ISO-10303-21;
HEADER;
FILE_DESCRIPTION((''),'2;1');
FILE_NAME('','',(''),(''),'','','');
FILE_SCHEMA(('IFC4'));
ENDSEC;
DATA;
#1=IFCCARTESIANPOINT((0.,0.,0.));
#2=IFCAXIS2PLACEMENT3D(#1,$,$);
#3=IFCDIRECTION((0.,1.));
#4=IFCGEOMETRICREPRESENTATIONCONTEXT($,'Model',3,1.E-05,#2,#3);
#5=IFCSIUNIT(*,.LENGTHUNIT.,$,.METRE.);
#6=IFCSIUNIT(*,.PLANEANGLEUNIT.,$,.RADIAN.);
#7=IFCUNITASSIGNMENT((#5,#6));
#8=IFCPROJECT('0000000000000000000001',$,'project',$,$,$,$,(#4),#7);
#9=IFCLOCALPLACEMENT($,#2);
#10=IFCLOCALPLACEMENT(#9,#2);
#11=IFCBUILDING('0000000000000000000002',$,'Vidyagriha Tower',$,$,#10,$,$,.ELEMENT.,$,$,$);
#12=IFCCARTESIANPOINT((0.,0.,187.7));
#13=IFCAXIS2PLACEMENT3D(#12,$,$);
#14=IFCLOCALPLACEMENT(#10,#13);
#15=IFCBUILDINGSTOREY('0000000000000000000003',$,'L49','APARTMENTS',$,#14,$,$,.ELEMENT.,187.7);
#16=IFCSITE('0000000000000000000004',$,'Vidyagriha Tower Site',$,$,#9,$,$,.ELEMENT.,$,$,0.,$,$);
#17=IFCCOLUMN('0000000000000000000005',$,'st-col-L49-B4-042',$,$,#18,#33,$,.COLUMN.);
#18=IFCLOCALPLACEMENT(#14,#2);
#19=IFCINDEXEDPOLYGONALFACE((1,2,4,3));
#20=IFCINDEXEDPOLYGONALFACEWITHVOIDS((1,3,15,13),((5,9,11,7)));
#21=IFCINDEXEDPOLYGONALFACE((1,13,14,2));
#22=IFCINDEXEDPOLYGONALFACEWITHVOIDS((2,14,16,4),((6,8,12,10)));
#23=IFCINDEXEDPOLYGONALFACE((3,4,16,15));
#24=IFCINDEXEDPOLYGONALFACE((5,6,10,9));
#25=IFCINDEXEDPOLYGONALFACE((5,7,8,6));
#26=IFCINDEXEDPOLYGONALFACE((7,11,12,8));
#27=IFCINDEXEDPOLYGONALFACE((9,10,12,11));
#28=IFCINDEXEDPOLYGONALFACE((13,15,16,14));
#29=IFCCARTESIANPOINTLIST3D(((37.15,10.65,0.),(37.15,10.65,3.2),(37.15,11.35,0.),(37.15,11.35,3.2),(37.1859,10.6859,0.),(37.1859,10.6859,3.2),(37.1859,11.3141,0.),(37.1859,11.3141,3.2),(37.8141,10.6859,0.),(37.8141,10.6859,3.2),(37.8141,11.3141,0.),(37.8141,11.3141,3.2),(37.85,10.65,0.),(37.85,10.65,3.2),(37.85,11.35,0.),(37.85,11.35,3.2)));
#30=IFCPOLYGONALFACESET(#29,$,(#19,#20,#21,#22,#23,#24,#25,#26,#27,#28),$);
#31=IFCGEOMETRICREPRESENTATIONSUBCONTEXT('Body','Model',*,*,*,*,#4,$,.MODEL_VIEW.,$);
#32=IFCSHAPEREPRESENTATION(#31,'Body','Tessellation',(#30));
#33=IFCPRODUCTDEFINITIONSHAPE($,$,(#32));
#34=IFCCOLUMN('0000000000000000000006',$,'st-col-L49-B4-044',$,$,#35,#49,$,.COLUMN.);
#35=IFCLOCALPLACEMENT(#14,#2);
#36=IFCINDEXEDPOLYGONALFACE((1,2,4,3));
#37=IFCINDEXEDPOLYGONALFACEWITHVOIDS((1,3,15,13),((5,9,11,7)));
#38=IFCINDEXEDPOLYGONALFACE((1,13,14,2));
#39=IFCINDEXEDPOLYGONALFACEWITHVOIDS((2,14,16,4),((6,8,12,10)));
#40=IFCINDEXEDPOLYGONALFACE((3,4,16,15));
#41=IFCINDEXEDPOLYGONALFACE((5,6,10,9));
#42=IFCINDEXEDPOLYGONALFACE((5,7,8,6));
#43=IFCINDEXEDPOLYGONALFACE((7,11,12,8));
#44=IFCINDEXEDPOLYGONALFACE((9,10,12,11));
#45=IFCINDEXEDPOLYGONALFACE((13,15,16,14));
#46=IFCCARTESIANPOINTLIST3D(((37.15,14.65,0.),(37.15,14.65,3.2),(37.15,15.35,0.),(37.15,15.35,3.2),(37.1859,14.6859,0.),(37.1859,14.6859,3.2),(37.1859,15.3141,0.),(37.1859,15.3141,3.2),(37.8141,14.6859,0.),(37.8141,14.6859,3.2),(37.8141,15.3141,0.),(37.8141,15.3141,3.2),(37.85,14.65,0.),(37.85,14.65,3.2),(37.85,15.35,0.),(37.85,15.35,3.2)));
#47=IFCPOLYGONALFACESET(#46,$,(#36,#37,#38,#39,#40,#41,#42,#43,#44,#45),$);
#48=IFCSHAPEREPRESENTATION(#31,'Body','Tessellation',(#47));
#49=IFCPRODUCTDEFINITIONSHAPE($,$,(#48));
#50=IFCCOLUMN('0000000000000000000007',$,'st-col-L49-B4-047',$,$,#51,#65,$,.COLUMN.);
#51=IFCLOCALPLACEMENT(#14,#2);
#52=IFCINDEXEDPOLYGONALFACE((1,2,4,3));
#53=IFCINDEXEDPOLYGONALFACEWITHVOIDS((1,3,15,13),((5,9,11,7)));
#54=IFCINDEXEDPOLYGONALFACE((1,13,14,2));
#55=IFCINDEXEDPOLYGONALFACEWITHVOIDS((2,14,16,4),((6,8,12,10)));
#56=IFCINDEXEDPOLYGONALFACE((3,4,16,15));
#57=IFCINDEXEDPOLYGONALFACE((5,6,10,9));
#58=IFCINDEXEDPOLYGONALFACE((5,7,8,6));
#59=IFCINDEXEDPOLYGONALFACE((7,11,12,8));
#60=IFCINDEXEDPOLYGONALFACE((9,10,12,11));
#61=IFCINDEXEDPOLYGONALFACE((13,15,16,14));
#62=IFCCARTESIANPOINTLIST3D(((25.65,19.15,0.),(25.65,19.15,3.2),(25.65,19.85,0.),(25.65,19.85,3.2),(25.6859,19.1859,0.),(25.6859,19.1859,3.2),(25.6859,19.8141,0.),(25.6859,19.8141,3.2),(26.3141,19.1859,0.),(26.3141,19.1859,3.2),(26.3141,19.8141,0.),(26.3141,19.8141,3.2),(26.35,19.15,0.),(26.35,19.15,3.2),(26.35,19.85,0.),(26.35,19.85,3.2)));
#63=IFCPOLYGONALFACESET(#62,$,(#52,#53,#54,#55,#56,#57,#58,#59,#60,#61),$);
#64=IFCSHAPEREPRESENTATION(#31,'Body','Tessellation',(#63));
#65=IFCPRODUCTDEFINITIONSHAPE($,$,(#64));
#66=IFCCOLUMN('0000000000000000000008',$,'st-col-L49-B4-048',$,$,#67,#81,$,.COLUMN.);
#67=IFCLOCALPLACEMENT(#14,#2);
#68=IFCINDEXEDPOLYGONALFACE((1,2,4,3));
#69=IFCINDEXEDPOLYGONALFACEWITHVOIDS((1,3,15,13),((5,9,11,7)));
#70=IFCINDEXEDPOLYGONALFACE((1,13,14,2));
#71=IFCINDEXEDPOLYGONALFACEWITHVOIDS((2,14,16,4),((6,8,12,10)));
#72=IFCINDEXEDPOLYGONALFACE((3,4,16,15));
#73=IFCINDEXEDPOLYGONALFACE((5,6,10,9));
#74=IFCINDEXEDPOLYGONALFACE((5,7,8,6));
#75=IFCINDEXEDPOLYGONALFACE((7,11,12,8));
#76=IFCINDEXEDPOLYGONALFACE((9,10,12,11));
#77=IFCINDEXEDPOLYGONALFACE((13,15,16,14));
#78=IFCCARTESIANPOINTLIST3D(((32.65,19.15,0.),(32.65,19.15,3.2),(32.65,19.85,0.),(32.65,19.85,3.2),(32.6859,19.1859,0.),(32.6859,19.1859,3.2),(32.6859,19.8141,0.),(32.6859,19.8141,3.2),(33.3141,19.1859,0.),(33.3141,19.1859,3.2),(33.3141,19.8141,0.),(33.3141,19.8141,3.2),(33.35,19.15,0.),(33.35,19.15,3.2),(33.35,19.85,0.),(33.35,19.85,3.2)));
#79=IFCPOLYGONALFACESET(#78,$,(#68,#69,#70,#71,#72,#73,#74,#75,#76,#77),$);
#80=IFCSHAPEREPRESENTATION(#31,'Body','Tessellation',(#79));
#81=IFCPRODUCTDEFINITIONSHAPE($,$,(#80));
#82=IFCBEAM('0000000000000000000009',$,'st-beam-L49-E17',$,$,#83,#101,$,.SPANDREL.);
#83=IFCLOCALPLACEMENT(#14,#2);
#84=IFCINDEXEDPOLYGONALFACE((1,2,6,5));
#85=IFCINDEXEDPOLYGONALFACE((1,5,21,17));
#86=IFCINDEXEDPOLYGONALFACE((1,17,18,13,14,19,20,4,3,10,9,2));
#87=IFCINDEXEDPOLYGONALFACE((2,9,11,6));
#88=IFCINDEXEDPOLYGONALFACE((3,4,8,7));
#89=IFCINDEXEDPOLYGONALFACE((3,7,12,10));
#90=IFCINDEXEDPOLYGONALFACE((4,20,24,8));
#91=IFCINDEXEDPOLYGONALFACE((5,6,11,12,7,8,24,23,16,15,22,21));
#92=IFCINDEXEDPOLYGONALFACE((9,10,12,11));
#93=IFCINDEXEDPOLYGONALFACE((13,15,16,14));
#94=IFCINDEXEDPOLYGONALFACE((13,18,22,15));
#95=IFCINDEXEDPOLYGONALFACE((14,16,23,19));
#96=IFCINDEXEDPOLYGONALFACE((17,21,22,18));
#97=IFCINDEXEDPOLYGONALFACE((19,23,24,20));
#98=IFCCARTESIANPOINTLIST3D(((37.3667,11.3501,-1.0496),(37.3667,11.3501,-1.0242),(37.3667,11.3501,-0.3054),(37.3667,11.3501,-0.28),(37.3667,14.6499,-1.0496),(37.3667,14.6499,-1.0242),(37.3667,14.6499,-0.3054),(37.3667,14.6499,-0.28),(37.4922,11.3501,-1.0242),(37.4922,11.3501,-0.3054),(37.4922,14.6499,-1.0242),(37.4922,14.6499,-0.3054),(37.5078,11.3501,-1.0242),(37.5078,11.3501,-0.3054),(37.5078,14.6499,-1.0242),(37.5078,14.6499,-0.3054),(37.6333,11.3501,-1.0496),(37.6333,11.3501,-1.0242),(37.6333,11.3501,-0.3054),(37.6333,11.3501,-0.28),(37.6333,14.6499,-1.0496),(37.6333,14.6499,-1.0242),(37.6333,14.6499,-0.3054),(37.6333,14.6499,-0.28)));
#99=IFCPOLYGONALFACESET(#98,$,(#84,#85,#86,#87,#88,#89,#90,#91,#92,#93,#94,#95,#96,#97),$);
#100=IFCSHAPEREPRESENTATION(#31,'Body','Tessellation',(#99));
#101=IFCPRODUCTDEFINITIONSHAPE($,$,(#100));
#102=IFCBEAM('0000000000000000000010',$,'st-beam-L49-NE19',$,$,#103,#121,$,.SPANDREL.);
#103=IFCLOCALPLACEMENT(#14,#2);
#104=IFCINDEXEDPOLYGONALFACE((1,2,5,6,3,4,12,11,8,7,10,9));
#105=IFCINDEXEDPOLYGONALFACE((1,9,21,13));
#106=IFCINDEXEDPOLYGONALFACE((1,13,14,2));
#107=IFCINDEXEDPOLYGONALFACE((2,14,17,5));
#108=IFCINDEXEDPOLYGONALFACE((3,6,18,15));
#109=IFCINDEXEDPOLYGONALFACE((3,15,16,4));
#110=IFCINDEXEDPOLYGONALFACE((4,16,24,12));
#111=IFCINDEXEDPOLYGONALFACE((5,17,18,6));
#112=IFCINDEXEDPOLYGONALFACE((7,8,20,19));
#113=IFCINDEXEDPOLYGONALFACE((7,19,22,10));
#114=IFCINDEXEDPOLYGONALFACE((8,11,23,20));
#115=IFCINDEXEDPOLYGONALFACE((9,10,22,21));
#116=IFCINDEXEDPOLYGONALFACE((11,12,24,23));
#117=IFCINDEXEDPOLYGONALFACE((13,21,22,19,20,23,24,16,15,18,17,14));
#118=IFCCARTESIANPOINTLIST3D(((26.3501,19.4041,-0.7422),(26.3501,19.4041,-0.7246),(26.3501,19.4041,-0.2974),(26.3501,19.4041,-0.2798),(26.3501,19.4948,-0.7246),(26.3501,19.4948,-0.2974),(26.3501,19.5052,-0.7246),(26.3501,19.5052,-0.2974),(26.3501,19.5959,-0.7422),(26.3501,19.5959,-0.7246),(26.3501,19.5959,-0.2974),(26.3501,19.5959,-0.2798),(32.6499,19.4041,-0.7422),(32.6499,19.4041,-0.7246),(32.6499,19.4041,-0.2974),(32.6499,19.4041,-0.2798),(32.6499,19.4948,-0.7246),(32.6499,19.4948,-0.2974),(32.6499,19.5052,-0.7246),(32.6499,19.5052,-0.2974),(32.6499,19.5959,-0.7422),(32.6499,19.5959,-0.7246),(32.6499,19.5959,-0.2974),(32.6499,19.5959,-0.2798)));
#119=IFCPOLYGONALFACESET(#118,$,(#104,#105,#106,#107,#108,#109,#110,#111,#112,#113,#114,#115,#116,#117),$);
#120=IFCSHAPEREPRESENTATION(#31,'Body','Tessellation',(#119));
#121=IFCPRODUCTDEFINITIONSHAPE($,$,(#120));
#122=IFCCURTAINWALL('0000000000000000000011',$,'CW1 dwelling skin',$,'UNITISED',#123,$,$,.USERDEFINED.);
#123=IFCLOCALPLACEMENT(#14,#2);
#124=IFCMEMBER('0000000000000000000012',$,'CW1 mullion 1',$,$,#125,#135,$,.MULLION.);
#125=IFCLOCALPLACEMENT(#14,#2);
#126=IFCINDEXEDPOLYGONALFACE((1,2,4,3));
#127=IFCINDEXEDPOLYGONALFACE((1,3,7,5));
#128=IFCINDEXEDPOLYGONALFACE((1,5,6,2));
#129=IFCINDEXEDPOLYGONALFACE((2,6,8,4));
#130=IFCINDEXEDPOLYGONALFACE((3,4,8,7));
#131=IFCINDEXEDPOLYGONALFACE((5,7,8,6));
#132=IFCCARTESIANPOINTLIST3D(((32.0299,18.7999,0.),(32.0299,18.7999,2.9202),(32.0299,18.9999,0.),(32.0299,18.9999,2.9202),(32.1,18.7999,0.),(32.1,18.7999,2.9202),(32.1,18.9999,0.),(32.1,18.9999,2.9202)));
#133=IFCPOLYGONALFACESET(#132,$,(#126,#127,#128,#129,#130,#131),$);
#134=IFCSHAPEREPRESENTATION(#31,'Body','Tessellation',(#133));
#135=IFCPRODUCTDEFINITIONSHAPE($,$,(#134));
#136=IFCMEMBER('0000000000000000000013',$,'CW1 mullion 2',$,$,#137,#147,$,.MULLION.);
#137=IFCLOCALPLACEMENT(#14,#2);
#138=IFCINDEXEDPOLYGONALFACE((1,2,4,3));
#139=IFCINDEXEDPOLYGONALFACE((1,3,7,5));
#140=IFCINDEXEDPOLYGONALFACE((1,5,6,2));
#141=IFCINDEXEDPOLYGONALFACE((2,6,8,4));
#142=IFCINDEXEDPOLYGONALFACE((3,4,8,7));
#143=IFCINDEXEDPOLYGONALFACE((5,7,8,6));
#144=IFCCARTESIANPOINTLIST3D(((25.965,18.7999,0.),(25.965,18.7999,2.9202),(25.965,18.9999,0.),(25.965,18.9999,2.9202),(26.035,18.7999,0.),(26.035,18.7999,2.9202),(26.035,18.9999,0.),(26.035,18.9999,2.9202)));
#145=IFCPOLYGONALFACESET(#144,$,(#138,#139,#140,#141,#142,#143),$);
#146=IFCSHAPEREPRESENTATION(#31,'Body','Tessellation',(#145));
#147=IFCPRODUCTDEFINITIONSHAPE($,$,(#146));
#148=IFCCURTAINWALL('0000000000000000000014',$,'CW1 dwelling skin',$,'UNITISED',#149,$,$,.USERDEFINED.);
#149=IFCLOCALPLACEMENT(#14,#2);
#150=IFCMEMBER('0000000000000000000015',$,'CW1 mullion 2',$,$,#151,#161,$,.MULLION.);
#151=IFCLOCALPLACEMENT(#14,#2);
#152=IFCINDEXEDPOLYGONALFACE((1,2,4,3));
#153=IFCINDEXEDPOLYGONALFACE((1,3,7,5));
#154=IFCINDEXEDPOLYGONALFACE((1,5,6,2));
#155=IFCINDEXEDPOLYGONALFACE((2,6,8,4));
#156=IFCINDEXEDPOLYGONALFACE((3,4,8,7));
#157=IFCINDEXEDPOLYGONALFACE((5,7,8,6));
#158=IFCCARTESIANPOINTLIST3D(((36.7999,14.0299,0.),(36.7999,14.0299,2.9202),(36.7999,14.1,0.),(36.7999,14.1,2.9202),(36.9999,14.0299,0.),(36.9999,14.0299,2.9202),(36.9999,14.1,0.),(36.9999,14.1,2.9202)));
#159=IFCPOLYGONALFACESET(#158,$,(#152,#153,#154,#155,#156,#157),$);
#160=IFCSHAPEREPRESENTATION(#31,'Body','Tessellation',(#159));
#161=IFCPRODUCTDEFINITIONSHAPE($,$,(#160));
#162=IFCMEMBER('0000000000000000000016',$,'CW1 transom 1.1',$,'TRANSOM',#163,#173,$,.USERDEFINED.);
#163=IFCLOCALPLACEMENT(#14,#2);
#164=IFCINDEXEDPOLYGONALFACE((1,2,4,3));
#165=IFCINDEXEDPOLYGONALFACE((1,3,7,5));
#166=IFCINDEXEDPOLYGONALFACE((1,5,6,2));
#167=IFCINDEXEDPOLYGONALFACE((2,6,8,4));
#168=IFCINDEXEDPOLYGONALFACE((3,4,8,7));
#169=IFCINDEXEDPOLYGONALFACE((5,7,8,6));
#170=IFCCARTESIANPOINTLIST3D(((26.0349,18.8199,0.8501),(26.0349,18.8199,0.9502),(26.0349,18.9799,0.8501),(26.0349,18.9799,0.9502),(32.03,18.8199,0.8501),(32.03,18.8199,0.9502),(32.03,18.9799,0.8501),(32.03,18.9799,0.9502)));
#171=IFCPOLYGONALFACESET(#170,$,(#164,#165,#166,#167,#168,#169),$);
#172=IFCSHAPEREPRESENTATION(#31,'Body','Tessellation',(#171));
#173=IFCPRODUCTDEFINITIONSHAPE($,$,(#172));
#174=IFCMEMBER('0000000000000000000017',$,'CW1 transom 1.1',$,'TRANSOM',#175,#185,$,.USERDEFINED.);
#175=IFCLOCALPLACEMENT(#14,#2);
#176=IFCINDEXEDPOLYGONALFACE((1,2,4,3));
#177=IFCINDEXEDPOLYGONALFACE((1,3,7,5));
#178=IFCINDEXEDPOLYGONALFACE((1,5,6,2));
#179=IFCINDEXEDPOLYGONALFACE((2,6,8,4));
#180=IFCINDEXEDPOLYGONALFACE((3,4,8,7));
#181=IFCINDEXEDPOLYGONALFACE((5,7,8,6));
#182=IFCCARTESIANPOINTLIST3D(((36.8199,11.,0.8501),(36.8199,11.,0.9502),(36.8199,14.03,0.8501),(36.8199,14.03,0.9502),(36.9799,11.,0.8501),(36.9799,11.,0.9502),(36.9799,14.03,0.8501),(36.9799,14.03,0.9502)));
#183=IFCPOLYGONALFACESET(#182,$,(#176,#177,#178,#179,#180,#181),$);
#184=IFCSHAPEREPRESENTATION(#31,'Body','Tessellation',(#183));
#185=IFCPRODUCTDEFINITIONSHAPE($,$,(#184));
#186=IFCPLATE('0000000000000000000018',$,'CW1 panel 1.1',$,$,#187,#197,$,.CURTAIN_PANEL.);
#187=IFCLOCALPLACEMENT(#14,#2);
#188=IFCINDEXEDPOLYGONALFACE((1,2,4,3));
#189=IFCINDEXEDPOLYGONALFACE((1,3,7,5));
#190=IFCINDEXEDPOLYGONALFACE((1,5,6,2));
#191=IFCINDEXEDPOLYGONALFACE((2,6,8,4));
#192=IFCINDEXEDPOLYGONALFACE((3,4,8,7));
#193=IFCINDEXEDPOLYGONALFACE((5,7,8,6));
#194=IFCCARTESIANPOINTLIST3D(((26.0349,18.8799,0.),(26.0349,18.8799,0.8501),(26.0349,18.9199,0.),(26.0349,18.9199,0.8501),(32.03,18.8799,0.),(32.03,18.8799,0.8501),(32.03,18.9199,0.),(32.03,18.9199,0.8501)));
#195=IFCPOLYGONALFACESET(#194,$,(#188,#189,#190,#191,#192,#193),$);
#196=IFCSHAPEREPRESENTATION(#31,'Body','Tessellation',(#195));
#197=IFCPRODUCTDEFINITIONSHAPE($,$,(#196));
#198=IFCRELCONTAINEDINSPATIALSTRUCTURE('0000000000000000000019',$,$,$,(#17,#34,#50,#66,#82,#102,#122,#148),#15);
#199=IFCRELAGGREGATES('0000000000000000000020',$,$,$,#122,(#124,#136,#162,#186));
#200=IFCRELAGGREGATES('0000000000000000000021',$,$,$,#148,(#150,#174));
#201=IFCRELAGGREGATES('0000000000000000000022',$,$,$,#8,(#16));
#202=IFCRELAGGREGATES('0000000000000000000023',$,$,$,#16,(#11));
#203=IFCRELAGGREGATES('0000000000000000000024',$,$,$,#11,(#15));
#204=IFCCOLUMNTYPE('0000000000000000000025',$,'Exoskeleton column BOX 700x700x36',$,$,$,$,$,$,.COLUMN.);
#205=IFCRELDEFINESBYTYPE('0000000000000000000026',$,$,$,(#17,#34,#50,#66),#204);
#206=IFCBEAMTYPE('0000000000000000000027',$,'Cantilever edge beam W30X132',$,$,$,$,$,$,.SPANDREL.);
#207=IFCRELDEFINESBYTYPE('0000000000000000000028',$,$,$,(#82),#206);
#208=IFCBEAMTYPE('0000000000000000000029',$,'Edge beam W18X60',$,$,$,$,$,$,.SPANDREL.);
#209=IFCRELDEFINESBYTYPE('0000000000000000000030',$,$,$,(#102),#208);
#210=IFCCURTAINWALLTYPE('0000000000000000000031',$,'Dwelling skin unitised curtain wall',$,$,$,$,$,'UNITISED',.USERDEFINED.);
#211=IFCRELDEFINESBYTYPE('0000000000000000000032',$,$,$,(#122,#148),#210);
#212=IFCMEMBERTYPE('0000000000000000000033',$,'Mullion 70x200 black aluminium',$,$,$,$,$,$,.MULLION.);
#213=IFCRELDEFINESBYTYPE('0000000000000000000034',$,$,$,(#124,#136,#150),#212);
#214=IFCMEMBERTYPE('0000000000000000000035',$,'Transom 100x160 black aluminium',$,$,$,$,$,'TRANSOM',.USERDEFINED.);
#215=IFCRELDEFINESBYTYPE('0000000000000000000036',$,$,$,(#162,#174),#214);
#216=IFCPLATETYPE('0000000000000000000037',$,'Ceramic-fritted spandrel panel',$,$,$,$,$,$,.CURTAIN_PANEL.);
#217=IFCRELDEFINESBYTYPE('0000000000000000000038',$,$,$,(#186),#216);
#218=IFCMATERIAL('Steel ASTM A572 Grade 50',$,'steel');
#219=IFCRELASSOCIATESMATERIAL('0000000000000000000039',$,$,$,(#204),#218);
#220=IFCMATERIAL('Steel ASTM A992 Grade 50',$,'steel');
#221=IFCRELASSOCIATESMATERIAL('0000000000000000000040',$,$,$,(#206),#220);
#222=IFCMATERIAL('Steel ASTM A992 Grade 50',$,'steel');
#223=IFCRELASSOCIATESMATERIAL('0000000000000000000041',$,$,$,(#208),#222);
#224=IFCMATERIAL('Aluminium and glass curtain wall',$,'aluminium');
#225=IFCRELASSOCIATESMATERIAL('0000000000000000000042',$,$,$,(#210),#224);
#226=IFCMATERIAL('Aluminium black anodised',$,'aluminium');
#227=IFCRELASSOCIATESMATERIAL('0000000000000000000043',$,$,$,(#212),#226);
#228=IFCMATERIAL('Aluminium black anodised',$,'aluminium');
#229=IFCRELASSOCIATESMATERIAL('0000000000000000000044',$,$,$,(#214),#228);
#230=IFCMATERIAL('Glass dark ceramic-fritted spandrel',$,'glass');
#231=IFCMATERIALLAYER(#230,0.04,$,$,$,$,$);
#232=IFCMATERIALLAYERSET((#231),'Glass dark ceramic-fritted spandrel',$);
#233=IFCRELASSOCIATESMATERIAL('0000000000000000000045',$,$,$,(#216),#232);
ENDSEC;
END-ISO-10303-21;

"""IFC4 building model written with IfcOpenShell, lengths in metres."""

from ifc_helpers import new_model, si_unit, direction, frame, origin, origin_2d, place, context, subcontext, project, spatial, rectangle, hollow_rectangle, i_section, extrude, material, layer, layer_set, material_profile, profile_set, type_object, element, aggregate, save


model = new_model("IFC4")

# Units and contexts
model_context = context("Model", 3, precision=1e-05, world=origin(), true_north=direction((0.0, 1.0)))
body_context = subcontext(model_context, "Body", "Model", "MODEL_VIEW")
ifc_project = project(units=[si_unit("LENGTHUNIT", "METRE"), si_unit("PLANEANGLEUNIT", "RADIAN")], contexts=[model_context])

# Site, building, storey
site_placement = place(None, origin())
site = spatial("IfcSite", under=ifc_project, at=site_placement, Name="Vidyagriha Tower Site", CompositionType="ELEMENT", RefElevation=0.0)
building_placement = place(site_placement, origin())
building = spatial("IfcBuilding", under=site, at=building_placement, Name="Vidyagriha Tower", CompositionType="ELEMENT")
storey_placement = place(building_placement, frame((0.0, 0.0, 187.7)))
storey = spatial("IfcBuildingStorey", under=building, at=storey_placement, Name="L49", Description="APARTMENTS", CompositionType="ELEMENT", Elevation=187.7)

# Columns
ifc_material_1 = material(Name="Steel ASTM A572 Grade 50", Category="steel")
ifc_material_profile_1 = material_profile(ifc_material_1, hollow_rectangle(XDim=0.7, YDim=0.7, WallThickness=0.0359, at=origin_2d()), Name="BOX 700x700x36")
ifc_profile_set_1 = profile_set([ifc_material_profile_1], Name="Steel ASTM A572 Grade 50")
column_type = type_object("IfcColumnType", Name="Exoskeleton column BOX 700x700x36", PredefinedType="COLUMN", material=ifc_profile_set_1)
for number, where, name in (
    (1, (37.5, 11.0, 0.0), "st-col-L49-B4-042"),
    (2, (37.5, 15.0, 0.0), "st-col-L49-B4-044"),
    (3, (26.0, 19.5, 0.0), "st-col-L49-B4-047"),
    (4, (33.0, 19.5, 0.0), "st-col-L49-B4-048"),
):
    element("IfcColumn", number, at=place(storey_placement, frame(where)), inside=storey, type_object=column_type, Name=name, PredefinedType="COLUMN", context=body_context, shape_type="SweptSolid", body=[
        extrude(hollow_rectangle(XDim=0.7, YDim=0.7, WallThickness=0.0359, at=origin_2d()), origin(), (0.0, 0.0, 1.0), 3.2),
    ])

# Beams
ifc_material_2 = material(Name="Steel ASTM A992 Grade 50", Category="steel")
ifc_material_profile_2 = material_profile(ifc_material_2, i_section(OverallWidth=0.2666, OverallDepth=0.7695, WebThickness=0.0156, FlangeThickness=0.0254, at=origin_2d()), Name="W30X132")
ifc_profile_set_2 = profile_set([ifc_material_profile_2], Name="Steel ASTM A992 Grade 50")
beam_type_1 = type_object("IfcBeamType", Name="Cantilever edge beam W30X132", PredefinedType="SPANDREL", material=ifc_profile_set_2)
beam_1_placement = place(storey_placement, frame((37.5, 11.3501, -0.6648), z_axis=(0.0, 1.0, 0.0), x_axis=(-1.0, 0.0, 0.0)))
element("IfcBeam", 5, at=beam_1_placement, inside=storey, type_object=beam_type_1, Name="st-beam-L49-E17", PredefinedType="SPANDREL", context=body_context, shape_type="SweptSolid", body=[
    extrude(i_section(OverallWidth=0.2666, OverallDepth=0.7695, WebThickness=0.0156, FlangeThickness=0.0254, at=origin_2d()), origin(), (0.0, 0.0, 1.0), 3.2998),
])
ifc_material_3 = material(Name="Steel ASTM A992 Grade 50", Category="steel")
ifc_material_profile_3 = material_profile(ifc_material_3, i_section(OverallWidth=0.1919, OverallDepth=0.4624, WebThickness=0.0105, FlangeThickness=0.0176, at=origin_2d()), Name="W18X60")
ifc_profile_set_3 = profile_set([ifc_material_profile_3], Name="Steel ASTM A992 Grade 50")
beam_type_2 = type_object("IfcBeamType", Name="Edge beam W18X60", PredefinedType="SPANDREL", material=ifc_profile_set_3)
beam_2_placement = place(storey_placement, frame((26.3501, 19.5, -0.511), z_axis=(1.0, 0.0, 0.0), x_axis=(0.0, 1.0, 0.0)))
element("IfcBeam", 6, at=beam_2_placement, inside=storey, type_object=beam_type_2, Name="st-beam-L49-NE19", PredefinedType="SPANDREL", context=body_context, shape_type="SweptSolid", body=[
    extrude(i_section(OverallWidth=0.1919, OverallDepth=0.4624, WebThickness=0.0105, FlangeThickness=0.0176, at=origin_2d()), origin(), (0.0, 0.0, 1.0), 6.2998),
])

# Curtain wall, members
ifc_material_4 = material(Name="Aluminium and glass curtain wall", Category="aluminium")
curtain_wall_type = type_object("IfcCurtainWallType", Name="Dwelling skin unitised curtain wall", ElementType="UNITISED", PredefinedType="USERDEFINED", material=ifc_material_4)
curtain_wall_1_placement = place(storey_placement, origin())
curtain_wall_1 = element("IfcCurtainWall", 7, at=curtain_wall_1_placement, inside=storey, type_object=curtain_wall_type, Name="CW1 dwelling skin", ObjectType="UNITISED", PredefinedType="USERDEFINED")
ifc_material_5 = material(Name="Aluminium black anodised", Category="aluminium")
ifc_material_profile_4 = material_profile(ifc_material_5, rectangle(XDim=0.2, YDim=0.0701, at=origin_2d()), Name="Mullion 70x200 black aluminium")
ifc_profile_set_4 = profile_set([ifc_material_profile_4], Name="Aluminium black anodised")
member_type_1 = type_object("IfcMemberType", Name="Mullion 70x200 black aluminium", PredefinedType="MULLION", material=ifc_profile_set_4)
member_1_placement = place(storey_placement, frame((32.0649, 18.8999, 0.0), z_axis=(0.0, 0.0, 1.0), x_axis=(0.0, -1.0, 0.0)))
member_1 = element("IfcMember", 8, at=member_1_placement, type_object=member_type_1, Name="CW1 mullion 1", PredefinedType="MULLION", context=body_context, shape_type="SweptSolid", body=[
    extrude(rectangle(XDim=0.2, YDim=0.0701, at=origin_2d()), origin(), (0.0, 0.0, 1.0), 2.9202),
])
member_2_placement = place(storey_placement, frame((26.0, 18.8999, 0.0), z_axis=(0.0, 0.0, 1.0), x_axis=(0.0, -1.0, 0.0)))
member_2 = element("IfcMember", 9, at=member_2_placement, type_object=member_type_1, Name="CW1 mullion 2", PredefinedType="MULLION", context=body_context, shape_type="SweptSolid", body=[
    extrude(rectangle(XDim=0.2, YDim=0.0701, at=origin_2d()), origin(), (0.0, 0.0, 1.0), 2.9202),
])

# Curtain wall, member
curtain_wall_2_placement = place(storey_placement, origin())
curtain_wall_2 = element("IfcCurtainWall", 10, at=curtain_wall_2_placement, inside=storey, type_object=curtain_wall_type, Name="CW1 dwelling skin", ObjectType="UNITISED", PredefinedType="USERDEFINED")
member_3_placement = place(storey_placement, frame((36.8999, 14.0649, 0.0), z_axis=(0.0, 0.0, 1.0), x_axis=(-1.0, 0.0, 0.0)))
member_3 = element("IfcMember", 11, at=member_3_placement, type_object=member_type_1, Name="CW1 mullion 2", PredefinedType="MULLION", context=body_context, shape_type="SweptSolid", body=[
    extrude(rectangle(XDim=0.2, YDim=0.0701, at=origin_2d()), origin(), (0.0, 0.0, 1.0), 2.9202),
])

# Members
ifc_material_6 = material(Name="Aluminium black anodised", Category="aluminium")
ifc_material_profile_5 = material_profile(ifc_material_6, rectangle(XDim=0.1599, YDim=0.1001, at=origin_2d()), Name="Transom 100x160 black aluminium")
ifc_profile_set_5 = profile_set([ifc_material_profile_5], Name="Aluminium black anodised")
member_type_2 = type_object("IfcMemberType", Name="Transom 100x160 black aluminium", ElementType="TRANSOM", PredefinedType="USERDEFINED", material=ifc_profile_set_5)
member_4_placement = place(storey_placement, frame((32.03, 18.8999, 0.9001), z_axis=(-1.0, 0.0, 0.0), x_axis=(0.0, -1.0, 0.0)))
member_4 = element("IfcMember", 12, at=member_4_placement, type_object=member_type_2, Name="CW1 transom 1.1", ObjectType="TRANSOM", PredefinedType="USERDEFINED", context=body_context, shape_type="SweptSolid", body=[
    extrude(rectangle(XDim=0.1599, YDim=0.1001, at=origin_2d()), origin(), (0.0, 0.0, 1.0), 5.9951),
])
member_5_placement = place(storey_placement, frame((36.8999, 11.0, 0.9001), z_axis=(0.0, 1.0, 0.0), x_axis=(-1.0, 0.0, 0.0)))
member_5 = element("IfcMember", 13, at=member_5_placement, type_object=member_type_2, Name="CW1 transom 1.1", ObjectType="TRANSOM", PredefinedType="USERDEFINED", context=body_context, shape_type="SweptSolid", body=[
    extrude(rectangle(XDim=0.1599, YDim=0.1001, at=origin_2d()), origin(), (0.0, 0.0, 1.0), 3.03),
])

# Plate
ifc_material_7 = material(Name="Glass dark ceramic-fritted spandrel", Category="glass")
ifc_layer_1 = layer(ifc_material_7, 0.04)
ifc_layer_set_1 = layer_set([ifc_layer_1], Name="Glass dark ceramic-fritted spandrel")
plate_type_1 = type_object("IfcPlateType", Name="Ceramic-fritted spandrel panel", PredefinedType="CURTAIN_PANEL", material=ifc_layer_set_1)
plate_1_placement = place(storey_placement, frame((29.0325, 18.8999, 0.0), z_axis=(0.0, 0.0, 1.0), x_axis=(-1.0, 0.0, 0.0)))
plate_1 = element("IfcPlate", 14, at=plate_1_placement, type_object=plate_type_1, Name="CW1 panel 1.1", PredefinedType="CURTAIN_PANEL", context=body_context, shape_type="SweptSolid", body=[
    extrude(rectangle(XDim=5.9951, YDim=0.04, at=origin_2d()), origin(), (0.0, 0.0, 1.0), 0.8501),
])
aggregate(curtain_wall_1, [member_1, member_2, member_4, plate_1])
aggregate(curtain_wall_2, [member_3, member_5])

save(model, "model.ifc")
